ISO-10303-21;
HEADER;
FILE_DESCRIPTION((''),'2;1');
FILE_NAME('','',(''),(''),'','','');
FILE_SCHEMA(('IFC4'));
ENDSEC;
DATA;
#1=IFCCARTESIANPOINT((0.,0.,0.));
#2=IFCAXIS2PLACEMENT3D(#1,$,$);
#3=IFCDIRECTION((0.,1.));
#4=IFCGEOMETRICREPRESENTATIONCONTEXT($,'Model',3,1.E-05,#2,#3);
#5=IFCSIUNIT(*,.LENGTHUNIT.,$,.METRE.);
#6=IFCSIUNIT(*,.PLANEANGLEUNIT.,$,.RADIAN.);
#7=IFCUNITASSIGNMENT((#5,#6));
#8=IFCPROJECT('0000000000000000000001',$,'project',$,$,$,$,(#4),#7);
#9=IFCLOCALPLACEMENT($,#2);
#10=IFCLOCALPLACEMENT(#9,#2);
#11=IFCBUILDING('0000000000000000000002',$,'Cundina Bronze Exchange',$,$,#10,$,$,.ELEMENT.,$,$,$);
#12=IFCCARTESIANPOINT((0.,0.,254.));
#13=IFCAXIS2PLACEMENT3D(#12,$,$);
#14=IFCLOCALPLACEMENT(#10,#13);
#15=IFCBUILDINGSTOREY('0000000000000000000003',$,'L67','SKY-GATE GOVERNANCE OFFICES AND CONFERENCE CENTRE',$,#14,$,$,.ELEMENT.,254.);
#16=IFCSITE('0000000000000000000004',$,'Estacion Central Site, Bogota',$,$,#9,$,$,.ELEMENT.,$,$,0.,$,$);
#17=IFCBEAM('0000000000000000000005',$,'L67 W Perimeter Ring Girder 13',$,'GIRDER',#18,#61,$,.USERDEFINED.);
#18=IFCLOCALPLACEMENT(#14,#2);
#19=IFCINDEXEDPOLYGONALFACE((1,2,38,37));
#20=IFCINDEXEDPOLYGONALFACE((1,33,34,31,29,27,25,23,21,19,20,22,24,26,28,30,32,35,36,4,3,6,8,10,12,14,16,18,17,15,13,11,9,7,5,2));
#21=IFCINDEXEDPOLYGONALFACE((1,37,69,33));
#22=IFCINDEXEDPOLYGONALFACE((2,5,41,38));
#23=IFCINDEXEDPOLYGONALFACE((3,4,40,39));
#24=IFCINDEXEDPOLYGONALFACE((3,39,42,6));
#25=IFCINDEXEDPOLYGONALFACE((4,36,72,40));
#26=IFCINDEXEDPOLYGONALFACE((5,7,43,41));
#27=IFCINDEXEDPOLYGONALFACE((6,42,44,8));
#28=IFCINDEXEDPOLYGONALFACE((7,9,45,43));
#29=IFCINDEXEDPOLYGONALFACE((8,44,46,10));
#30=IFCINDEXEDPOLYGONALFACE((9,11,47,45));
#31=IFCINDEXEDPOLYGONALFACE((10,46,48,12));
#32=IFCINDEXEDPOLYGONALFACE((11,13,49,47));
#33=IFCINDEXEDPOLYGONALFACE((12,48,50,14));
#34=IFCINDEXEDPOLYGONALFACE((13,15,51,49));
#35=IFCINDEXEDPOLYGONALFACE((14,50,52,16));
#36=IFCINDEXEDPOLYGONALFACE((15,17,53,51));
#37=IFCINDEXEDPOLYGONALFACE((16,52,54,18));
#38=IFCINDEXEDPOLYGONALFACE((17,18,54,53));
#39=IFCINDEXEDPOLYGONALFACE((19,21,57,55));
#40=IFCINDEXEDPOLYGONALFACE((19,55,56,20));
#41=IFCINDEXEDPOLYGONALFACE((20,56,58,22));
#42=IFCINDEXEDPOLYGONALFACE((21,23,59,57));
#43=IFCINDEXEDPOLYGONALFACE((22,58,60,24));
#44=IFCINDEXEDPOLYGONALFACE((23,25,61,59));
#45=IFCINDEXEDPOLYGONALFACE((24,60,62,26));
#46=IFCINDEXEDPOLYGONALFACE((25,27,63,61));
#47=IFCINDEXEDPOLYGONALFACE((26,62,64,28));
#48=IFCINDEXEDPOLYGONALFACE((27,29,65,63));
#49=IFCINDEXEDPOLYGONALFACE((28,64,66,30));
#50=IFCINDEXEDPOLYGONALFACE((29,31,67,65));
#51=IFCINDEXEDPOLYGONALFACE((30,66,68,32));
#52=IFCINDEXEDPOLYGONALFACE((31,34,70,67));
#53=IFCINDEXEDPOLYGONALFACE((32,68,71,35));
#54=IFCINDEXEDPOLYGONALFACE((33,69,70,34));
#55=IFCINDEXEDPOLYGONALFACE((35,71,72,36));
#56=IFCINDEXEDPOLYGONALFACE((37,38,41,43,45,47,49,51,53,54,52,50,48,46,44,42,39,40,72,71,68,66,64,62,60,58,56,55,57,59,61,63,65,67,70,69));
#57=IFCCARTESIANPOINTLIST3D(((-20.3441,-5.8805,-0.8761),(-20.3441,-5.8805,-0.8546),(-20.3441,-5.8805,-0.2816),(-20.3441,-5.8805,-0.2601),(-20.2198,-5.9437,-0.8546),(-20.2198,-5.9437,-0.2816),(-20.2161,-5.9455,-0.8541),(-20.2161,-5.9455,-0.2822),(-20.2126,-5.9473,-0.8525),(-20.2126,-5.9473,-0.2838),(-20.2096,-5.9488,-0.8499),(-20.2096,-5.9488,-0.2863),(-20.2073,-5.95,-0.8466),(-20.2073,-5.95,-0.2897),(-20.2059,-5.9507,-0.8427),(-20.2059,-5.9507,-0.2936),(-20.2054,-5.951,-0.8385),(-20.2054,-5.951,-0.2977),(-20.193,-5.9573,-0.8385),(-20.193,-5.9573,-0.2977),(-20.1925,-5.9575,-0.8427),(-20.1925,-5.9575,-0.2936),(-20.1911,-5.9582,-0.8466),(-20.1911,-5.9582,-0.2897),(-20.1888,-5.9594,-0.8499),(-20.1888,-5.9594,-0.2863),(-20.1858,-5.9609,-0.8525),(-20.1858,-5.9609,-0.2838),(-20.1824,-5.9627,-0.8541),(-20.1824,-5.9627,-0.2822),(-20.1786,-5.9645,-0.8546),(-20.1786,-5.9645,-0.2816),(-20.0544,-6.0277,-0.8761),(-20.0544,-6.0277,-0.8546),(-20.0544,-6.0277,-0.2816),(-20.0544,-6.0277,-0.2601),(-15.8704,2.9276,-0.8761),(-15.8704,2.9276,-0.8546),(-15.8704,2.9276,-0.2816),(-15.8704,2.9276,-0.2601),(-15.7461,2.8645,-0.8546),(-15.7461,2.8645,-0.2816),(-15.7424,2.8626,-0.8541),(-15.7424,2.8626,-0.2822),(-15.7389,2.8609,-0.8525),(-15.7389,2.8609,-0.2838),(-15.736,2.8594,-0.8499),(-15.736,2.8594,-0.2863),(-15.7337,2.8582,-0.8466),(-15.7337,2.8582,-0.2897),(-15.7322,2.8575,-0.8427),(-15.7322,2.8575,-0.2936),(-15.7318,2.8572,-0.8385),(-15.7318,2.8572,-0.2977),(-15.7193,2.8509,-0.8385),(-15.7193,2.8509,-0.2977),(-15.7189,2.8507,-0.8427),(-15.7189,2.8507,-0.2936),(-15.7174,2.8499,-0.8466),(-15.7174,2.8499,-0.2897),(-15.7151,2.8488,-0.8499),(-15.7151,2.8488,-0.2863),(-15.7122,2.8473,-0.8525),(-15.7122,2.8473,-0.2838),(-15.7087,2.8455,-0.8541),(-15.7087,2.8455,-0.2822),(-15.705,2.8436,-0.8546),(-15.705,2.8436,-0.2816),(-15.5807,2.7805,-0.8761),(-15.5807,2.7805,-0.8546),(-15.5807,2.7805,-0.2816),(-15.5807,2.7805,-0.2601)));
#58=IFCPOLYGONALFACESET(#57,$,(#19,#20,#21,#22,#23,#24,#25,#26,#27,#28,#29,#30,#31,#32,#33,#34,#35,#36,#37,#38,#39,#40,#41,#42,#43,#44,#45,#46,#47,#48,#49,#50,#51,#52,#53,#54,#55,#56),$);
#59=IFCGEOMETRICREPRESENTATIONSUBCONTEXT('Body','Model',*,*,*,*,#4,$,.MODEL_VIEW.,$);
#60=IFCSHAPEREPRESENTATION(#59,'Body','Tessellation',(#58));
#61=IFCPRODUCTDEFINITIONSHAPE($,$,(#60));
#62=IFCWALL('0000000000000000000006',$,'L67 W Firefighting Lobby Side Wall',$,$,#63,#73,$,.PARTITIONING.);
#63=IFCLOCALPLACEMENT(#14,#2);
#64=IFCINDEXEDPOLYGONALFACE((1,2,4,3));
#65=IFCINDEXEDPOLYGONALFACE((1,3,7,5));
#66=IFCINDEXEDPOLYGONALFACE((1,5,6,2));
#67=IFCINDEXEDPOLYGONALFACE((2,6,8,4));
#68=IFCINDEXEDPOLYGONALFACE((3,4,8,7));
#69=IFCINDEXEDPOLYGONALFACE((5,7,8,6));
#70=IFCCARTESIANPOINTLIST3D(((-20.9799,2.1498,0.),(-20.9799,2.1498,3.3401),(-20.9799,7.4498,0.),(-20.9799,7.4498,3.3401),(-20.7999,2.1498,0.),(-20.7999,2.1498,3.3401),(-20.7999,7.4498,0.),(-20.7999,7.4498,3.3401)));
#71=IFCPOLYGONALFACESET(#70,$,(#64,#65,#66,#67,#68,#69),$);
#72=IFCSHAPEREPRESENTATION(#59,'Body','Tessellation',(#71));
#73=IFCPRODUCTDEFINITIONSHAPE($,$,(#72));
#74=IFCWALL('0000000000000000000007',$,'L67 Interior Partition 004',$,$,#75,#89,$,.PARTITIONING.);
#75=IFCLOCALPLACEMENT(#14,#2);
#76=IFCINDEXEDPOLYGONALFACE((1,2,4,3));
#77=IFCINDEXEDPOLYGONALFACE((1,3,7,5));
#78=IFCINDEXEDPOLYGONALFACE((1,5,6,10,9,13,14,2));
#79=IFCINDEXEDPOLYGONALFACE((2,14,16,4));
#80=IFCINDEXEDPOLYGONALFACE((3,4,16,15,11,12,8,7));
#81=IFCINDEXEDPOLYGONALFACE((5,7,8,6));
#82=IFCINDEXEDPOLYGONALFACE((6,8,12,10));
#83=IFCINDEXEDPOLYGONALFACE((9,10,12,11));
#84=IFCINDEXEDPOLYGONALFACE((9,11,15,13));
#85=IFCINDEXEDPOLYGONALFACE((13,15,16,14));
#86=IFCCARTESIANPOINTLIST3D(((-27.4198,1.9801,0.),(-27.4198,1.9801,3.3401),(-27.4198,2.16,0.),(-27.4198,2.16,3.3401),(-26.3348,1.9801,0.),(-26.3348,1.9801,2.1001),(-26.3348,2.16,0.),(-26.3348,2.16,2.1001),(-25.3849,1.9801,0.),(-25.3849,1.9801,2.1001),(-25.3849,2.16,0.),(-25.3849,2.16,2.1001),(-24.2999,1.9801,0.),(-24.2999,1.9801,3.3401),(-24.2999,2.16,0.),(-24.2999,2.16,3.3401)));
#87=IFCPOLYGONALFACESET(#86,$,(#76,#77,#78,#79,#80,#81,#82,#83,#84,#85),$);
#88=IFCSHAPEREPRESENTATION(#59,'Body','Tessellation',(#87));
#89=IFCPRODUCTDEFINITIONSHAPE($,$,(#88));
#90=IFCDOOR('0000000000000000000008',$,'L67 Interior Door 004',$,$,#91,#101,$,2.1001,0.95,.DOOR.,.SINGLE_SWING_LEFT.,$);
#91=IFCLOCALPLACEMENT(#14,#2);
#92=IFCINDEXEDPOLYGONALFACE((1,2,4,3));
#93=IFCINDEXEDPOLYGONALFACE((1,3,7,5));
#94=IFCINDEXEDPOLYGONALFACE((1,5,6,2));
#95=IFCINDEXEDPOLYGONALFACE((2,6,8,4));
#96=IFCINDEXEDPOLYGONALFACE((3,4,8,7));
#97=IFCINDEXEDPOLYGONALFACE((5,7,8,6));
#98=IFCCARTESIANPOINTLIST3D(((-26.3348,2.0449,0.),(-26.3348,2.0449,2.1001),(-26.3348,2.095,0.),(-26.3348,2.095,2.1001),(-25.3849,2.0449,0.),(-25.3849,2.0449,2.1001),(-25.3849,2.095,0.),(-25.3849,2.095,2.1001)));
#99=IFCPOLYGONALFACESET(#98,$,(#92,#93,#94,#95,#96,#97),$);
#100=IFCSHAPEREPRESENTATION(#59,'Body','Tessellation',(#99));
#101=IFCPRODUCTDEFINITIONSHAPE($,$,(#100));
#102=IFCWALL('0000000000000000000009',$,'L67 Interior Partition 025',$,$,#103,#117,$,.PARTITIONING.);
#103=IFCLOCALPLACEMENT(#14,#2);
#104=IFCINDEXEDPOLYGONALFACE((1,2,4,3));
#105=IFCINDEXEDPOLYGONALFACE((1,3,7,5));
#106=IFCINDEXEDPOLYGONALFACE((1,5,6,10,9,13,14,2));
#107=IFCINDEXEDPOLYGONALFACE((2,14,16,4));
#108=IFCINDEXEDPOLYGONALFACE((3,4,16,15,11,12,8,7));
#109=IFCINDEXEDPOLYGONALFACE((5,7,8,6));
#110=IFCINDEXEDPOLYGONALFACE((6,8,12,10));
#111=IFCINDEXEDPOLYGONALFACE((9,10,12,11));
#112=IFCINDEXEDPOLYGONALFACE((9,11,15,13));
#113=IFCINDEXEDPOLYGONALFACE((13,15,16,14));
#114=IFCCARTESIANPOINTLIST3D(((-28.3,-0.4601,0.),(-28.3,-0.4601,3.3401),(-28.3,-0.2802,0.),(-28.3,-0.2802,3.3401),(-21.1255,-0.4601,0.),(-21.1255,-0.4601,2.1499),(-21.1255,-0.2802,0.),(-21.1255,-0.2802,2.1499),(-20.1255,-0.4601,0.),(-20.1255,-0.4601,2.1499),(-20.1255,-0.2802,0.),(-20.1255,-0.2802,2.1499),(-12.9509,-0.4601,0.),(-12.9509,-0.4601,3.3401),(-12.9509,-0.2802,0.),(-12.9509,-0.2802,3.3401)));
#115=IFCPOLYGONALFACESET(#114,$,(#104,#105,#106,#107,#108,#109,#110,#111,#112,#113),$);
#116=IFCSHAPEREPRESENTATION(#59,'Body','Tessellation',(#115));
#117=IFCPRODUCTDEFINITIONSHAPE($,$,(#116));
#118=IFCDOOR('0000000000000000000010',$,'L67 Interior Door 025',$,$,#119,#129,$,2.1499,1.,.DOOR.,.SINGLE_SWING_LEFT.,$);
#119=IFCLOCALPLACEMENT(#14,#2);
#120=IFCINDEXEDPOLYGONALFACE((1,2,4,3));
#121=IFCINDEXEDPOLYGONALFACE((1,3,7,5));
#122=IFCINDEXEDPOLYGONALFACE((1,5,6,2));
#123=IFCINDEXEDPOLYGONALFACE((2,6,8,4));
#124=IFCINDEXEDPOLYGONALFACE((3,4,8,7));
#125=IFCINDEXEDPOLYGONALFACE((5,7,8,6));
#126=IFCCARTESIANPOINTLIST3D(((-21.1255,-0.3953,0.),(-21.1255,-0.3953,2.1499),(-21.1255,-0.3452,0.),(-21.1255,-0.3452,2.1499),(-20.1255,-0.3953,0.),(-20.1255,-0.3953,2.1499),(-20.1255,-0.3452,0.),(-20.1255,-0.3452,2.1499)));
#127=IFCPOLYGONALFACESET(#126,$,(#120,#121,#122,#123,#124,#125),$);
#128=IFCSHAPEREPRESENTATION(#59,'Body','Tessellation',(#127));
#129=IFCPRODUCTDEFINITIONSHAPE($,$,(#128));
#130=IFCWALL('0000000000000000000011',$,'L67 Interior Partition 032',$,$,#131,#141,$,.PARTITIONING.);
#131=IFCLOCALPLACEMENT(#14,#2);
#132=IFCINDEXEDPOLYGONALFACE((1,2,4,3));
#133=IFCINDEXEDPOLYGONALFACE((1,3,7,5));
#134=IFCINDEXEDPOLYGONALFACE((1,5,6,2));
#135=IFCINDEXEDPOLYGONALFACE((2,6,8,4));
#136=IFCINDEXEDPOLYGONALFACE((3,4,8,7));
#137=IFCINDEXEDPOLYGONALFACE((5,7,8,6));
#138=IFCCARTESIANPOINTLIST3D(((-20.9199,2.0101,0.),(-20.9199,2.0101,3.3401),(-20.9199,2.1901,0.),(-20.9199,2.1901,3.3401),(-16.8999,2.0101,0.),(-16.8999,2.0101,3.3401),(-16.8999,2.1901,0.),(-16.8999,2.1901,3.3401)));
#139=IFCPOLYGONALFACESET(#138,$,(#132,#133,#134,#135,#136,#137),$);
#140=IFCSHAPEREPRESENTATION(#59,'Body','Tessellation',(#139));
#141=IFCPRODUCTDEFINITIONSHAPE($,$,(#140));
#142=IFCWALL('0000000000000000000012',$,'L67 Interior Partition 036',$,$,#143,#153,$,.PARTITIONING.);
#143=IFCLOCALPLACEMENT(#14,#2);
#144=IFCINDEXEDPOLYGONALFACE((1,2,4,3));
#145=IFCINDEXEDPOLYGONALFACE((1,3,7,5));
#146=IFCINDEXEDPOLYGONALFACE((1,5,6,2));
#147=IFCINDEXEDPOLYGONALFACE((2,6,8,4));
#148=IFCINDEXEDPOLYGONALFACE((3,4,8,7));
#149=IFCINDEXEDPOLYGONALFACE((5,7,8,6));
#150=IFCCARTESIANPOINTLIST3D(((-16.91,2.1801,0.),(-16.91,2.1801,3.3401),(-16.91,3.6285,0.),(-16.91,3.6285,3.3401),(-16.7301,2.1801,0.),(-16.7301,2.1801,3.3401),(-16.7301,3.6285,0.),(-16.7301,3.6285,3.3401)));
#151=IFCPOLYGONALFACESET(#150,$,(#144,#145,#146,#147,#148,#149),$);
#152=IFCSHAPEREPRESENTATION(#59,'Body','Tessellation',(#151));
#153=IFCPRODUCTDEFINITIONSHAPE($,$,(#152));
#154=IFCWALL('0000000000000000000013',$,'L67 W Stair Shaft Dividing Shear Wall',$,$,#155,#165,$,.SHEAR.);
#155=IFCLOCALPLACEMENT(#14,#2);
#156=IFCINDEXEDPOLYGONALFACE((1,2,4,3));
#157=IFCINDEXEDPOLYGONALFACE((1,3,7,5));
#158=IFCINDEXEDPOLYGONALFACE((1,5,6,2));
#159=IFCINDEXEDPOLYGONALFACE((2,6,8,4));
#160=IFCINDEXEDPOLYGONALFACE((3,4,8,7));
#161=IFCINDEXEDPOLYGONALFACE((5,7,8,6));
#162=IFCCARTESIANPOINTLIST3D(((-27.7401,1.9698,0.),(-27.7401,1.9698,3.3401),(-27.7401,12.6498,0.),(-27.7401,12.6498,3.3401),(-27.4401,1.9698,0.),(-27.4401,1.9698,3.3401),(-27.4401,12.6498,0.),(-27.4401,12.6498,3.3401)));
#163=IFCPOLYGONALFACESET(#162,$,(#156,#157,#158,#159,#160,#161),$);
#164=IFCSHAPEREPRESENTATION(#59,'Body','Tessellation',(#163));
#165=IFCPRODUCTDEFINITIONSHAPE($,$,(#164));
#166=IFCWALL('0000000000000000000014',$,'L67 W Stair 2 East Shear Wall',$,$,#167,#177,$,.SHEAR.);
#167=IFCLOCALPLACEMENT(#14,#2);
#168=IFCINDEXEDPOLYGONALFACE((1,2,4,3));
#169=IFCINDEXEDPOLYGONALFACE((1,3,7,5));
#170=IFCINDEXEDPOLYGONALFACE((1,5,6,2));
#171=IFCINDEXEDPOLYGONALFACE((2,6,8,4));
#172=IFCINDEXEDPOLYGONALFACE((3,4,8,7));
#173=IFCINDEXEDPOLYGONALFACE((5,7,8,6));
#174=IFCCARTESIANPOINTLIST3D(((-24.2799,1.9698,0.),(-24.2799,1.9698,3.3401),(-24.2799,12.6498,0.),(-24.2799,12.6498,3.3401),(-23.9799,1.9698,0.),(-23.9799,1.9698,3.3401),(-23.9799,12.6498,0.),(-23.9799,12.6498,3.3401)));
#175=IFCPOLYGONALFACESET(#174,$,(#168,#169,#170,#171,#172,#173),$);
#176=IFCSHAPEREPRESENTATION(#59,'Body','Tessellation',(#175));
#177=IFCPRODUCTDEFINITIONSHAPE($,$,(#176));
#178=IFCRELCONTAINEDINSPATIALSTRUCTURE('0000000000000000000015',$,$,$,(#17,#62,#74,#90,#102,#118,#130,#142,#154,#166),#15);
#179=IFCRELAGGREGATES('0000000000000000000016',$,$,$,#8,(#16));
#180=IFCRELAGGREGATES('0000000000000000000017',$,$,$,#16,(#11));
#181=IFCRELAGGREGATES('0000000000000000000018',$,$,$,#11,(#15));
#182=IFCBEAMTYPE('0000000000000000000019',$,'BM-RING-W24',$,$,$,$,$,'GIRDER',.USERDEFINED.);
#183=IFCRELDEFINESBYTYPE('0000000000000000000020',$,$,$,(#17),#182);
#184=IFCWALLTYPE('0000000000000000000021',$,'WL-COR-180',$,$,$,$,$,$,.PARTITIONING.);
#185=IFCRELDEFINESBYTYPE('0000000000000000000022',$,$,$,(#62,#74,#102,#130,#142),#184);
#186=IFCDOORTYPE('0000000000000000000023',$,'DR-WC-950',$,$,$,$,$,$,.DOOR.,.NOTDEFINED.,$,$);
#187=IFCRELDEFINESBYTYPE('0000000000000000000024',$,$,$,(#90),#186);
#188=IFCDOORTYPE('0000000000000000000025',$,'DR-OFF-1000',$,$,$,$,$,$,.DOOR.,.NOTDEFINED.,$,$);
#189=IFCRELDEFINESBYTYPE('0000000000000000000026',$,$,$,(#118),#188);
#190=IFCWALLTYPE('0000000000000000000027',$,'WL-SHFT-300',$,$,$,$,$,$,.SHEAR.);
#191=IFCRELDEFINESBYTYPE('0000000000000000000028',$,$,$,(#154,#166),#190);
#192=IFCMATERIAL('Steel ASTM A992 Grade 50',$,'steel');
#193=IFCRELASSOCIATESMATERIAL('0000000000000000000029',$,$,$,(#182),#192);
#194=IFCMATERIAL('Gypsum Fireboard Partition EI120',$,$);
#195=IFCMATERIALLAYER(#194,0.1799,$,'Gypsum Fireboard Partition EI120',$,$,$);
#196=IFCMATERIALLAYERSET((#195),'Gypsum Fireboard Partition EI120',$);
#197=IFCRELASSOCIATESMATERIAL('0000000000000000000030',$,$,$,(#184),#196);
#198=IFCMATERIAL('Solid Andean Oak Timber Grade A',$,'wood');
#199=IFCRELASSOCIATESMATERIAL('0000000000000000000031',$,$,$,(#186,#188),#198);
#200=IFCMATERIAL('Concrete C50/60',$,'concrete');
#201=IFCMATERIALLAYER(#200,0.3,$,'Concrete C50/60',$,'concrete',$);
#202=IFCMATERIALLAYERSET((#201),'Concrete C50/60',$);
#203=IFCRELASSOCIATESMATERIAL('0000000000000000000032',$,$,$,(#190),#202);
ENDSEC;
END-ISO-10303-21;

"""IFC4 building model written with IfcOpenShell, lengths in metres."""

from ifc_helpers import new_model, si_unit, direction, frame, frame_2d, origin, origin_2d, place, context, subcontext, project, spatial, rectangle, i_section, extrude, material, layer, layer_set, material_profile, profile_set, type_object, element, fill, save


model = new_model("IFC4")

# Units and contexts
model_context = context("Model", 3, precision=1e-05, world=origin(), true_north=direction((0.0, 1.0)))
body_context = subcontext(model_context, "Body", "Model", "MODEL_VIEW")
ifc_project = project(units=[si_unit("LENGTHUNIT", "METRE"), si_unit("PLANEANGLEUNIT", "RADIAN")], contexts=[model_context])

# Site, building, storey
site_placement = place(None, origin())
site = spatial("IfcSite", under=ifc_project, at=site_placement, Name="Estacion Central Site, Bogota", CompositionType="ELEMENT", RefElevation=0.0)
building_placement = place(site_placement, origin())
building = spatial("IfcBuilding", under=site, at=building_placement, Name="Cundina Bronze Exchange", CompositionType="ELEMENT")
storey_placement = place(building_placement, frame((0.0, 0.0, 254.0)))
storey = spatial("IfcBuildingStorey", under=building, at=storey_placement, Name="L67", Description="SKY-GATE GOVERNANCE OFFICES AND CONFERENCE CENTRE", CompositionType="ELEMENT", Elevation=254.0)

# Shared definitions
ifc_material_1 = material(Name="Concrete C50/60", Category="concrete")
ifc_material_2 = material(Name="Steel ASTM A992 Grade 50", Category="steel")

# Beam
ifc_material_profile_1 = material_profile(ifc_material_2, i_section(OverallWidth=0.325, OverallDepth=0.616, WebThickness=0.0139, FlangeThickness=0.0215, FilletRadius=0.0161, at=origin_2d()), Name="W24X117", Category="steel")
ifc_profile_set_1 = profile_set([ifc_material_profile_1], Name="Steel ASTM A992 Grade 50")
beam_type_1 = type_object("IfcBeamType", Name="BM-RING-W24", ElementType="GIRDER", PredefinedType="USERDEFINED", material=ifc_profile_set_1)
beam_1_placement = place(storey_placement, frame((-20.1992, -5.9541, -0.5681), z_axis=(0.452839, 0.891592, 0.0), x_axis=(-0.891592, 0.452839, 0.0)))
element("IfcBeam", 1, at=beam_1_placement, inside=storey, type_object=beam_type_1, Name="L67 W Perimeter Ring Girder 13", ObjectType="GIRDER", PredefinedType="USERDEFINED", context=body_context, shape_type="SweptSolid", body=[
    extrude(i_section(OverallWidth=0.325, OverallDepth=0.616, WebThickness=0.0139, FlangeThickness=0.0215, FilletRadius=0.0161, at=origin_2d()), origin(), (0.0, 0.0, 1.0), 9.8792),
])

# Wall
ifc_material_3 = material(Name="Gypsum Fireboard Partition EI120")
ifc_layer_1 = layer(ifc_material_3, 0.1799, Name="Gypsum Fireboard Partition EI120")
ifc_layer_set_1 = layer_set([ifc_layer_1], Name="Gypsum Fireboard Partition EI120")
wall_type_1 = type_object("IfcWallType", Name="WL-COR-180", PredefinedType="PARTITIONING", material=ifc_layer_set_1)
wall_1_placement = place(storey_placement, frame((-20.8899, 2.1499, 0.0), z_axis=(0.0, 0.0, 1.0), x_axis=(0.0, 1.0, 0.0)))
element("IfcWall", 2, at=wall_1_placement, inside=storey, type_object=wall_type_1, Name="L67 W Firefighting Lobby Side Wall", PredefinedType="PARTITIONING", context=body_context, shape_type="SweptSolid", body=[
    extrude(rectangle(XDim=5.3, YDim=0.1799, at=frame_2d((2.6499, 0.0))), origin(), (0.0, 0.0, 1.0), 3.3401),
])

# Walls, openings, doors
wall_2_placement = place(storey_placement, frame((-27.4199, 2.0701, 0.0), z_axis=(0.0, 0.0, 1.0), x_axis=(1.0, 0.0, 0.0)))
wall_2 = element("IfcWall", 3, at=wall_2_placement, inside=storey, type_object=wall_type_1, Name="L67 Interior Partition 004", PredefinedType="PARTITIONING", context=body_context, shape_type="SweptSolid", body=[
    extrude(rectangle(XDim=3.1199, YDim=0.1799, at=frame_2d((1.5601, 0.0))), origin(), (0.0, 0.0, 1.0), 3.3401),
])
opening_1_placement = place(wall_2_placement, frame((1.085, 0.0, 0.0)))
opening_1 = element("IfcOpeningElement", 4, at=opening_1_placement, cuts=wall_2, PredefinedType="OPENING", context=body_context, shape_type="SweptSolid", body=[
    extrude(rectangle(XDim=0.95, YDim=2.1001, at=frame_2d((0.4751, 1.05))), frame((0.0, 0.0999, 0.0), z_axis=(0.0, -1.0, 0.0), x_axis=(1.0, 0.0, 0.0)), (0.0, 0.0, 1.0), 0.2),
])
ifc_material_4 = material(Name="Solid Andean Oak Timber Grade A", Category="wood")
door_type_1 = type_object("IfcDoorType", Name="DR-WC-950", OperationType="NOTDEFINED", PredefinedType="DOOR", material=ifc_material_4)
door_1_placement = place(opening_1_placement, origin())
door_1 = element("IfcDoor", 5, at=door_1_placement, inside=storey, type_object=door_type_1, Name="L67 Interior Door 004", OperationType="SINGLE_SWING_LEFT", OverallHeight=2.1001, OverallWidth=0.95, PredefinedType="DOOR", context=body_context, shape_type="SweptSolid", body=[
    extrude(rectangle(XDim=0.95, YDim=2.1001, at=frame_2d((0.4751, 1.05))), frame((0.0, 0.0249, 0.0), z_axis=(0.0, -1.0, 0.0), x_axis=(1.0, 0.0, 0.0)), (0.0, 0.0, 1.0), 0.05),
])
fill(opening_1, door_1)
wall_3_placement = place(storey_placement, frame((-28.3, -0.3701, 0.0), z_axis=(0.0, 0.0, 1.0), x_axis=(1.0, 0.0, 0.0)))
wall_3 = element("IfcWall", 6, at=wall_3_placement, inside=storey, type_object=wall_type_1, Name="L67 Interior Partition 025", PredefinedType="PARTITIONING", context=body_context, shape_type="SweptSolid", body=[
    extrude(rectangle(XDim=15.3491, YDim=0.1799, at=frame_2d((7.6746, 0.0))), origin(), (0.0, 0.0, 1.0), 3.3401),
])
opening_2_placement = place(wall_3_placement, frame((7.1746, 0.0, 0.0)))
opening_2 = element("IfcOpeningElement", 7, at=opening_2_placement, cuts=wall_3, PredefinedType="OPENING", context=body_context, shape_type="SweptSolid", body=[
    extrude(rectangle(XDim=1.0, YDim=2.1499, at=frame_2d((0.5, 1.075))), frame((0.0, 0.0999, 0.0), z_axis=(0.0, -1.0, 0.0), x_axis=(1.0, 0.0, 0.0)), (0.0, 0.0, 1.0), 0.2),
])
door_type_2 = type_object("IfcDoorType", Name="DR-OFF-1000", OperationType="NOTDEFINED", PredefinedType="DOOR", material=ifc_material_4)
door_2_placement = place(opening_2_placement, origin())
door_2 = element("IfcDoor", 8, at=door_2_placement, inside=storey, type_object=door_type_2, Name="L67 Interior Door 025", OperationType="SINGLE_SWING_LEFT", OverallHeight=2.1499, OverallWidth=1.0, PredefinedType="DOOR", context=body_context, shape_type="SweptSolid", body=[
    extrude(rectangle(XDim=1.0, YDim=2.1499, at=frame_2d((0.5, 1.075))), frame((0.0, 0.0249, 0.0), z_axis=(0.0, -1.0, 0.0), x_axis=(1.0, 0.0, 0.0)), (0.0, 0.0, 1.0), 0.05),
])
fill(opening_2, door_2)

# Walls
wall_4_placement = place(storey_placement, frame((-16.8999, 2.1001, 0.0), z_axis=(0.0, 0.0, 1.0), x_axis=(-1.0, 0.0, 0.0)))
element("IfcWall", 9, at=wall_4_placement, inside=storey, type_object=wall_type_1, Name="L67 Interior Partition 032", PredefinedType="PARTITIONING", context=body_context, shape_type="SweptSolid", body=[
    extrude(rectangle(XDim=4.02, YDim=0.1799, at=frame_2d((2.01, 0.0))), origin(), (0.0, 0.0, 1.0), 3.3401),
])
wall_5_placement = place(storey_placement, frame((-16.8201, 3.6284, 0.0), z_axis=(0.0, 0.0, 1.0), x_axis=(0.0, -1.0, 0.0)))
element("IfcWall", 10, at=wall_5_placement, inside=storey, type_object=wall_type_1, Name="L67 Interior Partition 036", PredefinedType="PARTITIONING", context=body_context, shape_type="SweptSolid", body=[
    extrude(rectangle(XDim=1.4485, YDim=0.1799, at=frame_2d((0.7241, 0.0))), origin(), (0.0, 0.0, 1.0), 3.3401),
])
ifc_layer_2 = layer(ifc_material_1, 0.3, Name="Concrete C50/60", Category="concrete")
ifc_layer_set_2 = layer_set([ifc_layer_2], Name="Concrete C50/60")
wall_type_2 = type_object("IfcWallType", Name="WL-SHFT-300", PredefinedType="SHEAR", material=ifc_layer_set_2)
for number, where, z_axis, x_axis, name in (
    (11, (-27.5901, 1.97, 0.0), (0.0, 0.0, 1.0), (0.0, 1.0, 0.0), "L67 W Stair Shaft Dividing Shear Wall"),
    (12, (-24.1299, 1.97, 0.0), (0.0, 0.0, 1.0), (0.0, 1.0, 0.0), "L67 W Stair 2 East Shear Wall"),
):
    element("IfcWall", number, at=place(storey_placement, frame(where, z_axis=z_axis, x_axis=x_axis)), inside=storey, type_object=wall_type_2, Name=name, PredefinedType="SHEAR", context=body_context, shape_type="SweptSolid", body=[
        extrude(rectangle(XDim=10.6799, YDim=0.3, at=frame_2d((5.3398, 0.0))), origin(), (0.0, 0.0, 1.0), 3.3401),
    ])

save(model, "model.ifc")
